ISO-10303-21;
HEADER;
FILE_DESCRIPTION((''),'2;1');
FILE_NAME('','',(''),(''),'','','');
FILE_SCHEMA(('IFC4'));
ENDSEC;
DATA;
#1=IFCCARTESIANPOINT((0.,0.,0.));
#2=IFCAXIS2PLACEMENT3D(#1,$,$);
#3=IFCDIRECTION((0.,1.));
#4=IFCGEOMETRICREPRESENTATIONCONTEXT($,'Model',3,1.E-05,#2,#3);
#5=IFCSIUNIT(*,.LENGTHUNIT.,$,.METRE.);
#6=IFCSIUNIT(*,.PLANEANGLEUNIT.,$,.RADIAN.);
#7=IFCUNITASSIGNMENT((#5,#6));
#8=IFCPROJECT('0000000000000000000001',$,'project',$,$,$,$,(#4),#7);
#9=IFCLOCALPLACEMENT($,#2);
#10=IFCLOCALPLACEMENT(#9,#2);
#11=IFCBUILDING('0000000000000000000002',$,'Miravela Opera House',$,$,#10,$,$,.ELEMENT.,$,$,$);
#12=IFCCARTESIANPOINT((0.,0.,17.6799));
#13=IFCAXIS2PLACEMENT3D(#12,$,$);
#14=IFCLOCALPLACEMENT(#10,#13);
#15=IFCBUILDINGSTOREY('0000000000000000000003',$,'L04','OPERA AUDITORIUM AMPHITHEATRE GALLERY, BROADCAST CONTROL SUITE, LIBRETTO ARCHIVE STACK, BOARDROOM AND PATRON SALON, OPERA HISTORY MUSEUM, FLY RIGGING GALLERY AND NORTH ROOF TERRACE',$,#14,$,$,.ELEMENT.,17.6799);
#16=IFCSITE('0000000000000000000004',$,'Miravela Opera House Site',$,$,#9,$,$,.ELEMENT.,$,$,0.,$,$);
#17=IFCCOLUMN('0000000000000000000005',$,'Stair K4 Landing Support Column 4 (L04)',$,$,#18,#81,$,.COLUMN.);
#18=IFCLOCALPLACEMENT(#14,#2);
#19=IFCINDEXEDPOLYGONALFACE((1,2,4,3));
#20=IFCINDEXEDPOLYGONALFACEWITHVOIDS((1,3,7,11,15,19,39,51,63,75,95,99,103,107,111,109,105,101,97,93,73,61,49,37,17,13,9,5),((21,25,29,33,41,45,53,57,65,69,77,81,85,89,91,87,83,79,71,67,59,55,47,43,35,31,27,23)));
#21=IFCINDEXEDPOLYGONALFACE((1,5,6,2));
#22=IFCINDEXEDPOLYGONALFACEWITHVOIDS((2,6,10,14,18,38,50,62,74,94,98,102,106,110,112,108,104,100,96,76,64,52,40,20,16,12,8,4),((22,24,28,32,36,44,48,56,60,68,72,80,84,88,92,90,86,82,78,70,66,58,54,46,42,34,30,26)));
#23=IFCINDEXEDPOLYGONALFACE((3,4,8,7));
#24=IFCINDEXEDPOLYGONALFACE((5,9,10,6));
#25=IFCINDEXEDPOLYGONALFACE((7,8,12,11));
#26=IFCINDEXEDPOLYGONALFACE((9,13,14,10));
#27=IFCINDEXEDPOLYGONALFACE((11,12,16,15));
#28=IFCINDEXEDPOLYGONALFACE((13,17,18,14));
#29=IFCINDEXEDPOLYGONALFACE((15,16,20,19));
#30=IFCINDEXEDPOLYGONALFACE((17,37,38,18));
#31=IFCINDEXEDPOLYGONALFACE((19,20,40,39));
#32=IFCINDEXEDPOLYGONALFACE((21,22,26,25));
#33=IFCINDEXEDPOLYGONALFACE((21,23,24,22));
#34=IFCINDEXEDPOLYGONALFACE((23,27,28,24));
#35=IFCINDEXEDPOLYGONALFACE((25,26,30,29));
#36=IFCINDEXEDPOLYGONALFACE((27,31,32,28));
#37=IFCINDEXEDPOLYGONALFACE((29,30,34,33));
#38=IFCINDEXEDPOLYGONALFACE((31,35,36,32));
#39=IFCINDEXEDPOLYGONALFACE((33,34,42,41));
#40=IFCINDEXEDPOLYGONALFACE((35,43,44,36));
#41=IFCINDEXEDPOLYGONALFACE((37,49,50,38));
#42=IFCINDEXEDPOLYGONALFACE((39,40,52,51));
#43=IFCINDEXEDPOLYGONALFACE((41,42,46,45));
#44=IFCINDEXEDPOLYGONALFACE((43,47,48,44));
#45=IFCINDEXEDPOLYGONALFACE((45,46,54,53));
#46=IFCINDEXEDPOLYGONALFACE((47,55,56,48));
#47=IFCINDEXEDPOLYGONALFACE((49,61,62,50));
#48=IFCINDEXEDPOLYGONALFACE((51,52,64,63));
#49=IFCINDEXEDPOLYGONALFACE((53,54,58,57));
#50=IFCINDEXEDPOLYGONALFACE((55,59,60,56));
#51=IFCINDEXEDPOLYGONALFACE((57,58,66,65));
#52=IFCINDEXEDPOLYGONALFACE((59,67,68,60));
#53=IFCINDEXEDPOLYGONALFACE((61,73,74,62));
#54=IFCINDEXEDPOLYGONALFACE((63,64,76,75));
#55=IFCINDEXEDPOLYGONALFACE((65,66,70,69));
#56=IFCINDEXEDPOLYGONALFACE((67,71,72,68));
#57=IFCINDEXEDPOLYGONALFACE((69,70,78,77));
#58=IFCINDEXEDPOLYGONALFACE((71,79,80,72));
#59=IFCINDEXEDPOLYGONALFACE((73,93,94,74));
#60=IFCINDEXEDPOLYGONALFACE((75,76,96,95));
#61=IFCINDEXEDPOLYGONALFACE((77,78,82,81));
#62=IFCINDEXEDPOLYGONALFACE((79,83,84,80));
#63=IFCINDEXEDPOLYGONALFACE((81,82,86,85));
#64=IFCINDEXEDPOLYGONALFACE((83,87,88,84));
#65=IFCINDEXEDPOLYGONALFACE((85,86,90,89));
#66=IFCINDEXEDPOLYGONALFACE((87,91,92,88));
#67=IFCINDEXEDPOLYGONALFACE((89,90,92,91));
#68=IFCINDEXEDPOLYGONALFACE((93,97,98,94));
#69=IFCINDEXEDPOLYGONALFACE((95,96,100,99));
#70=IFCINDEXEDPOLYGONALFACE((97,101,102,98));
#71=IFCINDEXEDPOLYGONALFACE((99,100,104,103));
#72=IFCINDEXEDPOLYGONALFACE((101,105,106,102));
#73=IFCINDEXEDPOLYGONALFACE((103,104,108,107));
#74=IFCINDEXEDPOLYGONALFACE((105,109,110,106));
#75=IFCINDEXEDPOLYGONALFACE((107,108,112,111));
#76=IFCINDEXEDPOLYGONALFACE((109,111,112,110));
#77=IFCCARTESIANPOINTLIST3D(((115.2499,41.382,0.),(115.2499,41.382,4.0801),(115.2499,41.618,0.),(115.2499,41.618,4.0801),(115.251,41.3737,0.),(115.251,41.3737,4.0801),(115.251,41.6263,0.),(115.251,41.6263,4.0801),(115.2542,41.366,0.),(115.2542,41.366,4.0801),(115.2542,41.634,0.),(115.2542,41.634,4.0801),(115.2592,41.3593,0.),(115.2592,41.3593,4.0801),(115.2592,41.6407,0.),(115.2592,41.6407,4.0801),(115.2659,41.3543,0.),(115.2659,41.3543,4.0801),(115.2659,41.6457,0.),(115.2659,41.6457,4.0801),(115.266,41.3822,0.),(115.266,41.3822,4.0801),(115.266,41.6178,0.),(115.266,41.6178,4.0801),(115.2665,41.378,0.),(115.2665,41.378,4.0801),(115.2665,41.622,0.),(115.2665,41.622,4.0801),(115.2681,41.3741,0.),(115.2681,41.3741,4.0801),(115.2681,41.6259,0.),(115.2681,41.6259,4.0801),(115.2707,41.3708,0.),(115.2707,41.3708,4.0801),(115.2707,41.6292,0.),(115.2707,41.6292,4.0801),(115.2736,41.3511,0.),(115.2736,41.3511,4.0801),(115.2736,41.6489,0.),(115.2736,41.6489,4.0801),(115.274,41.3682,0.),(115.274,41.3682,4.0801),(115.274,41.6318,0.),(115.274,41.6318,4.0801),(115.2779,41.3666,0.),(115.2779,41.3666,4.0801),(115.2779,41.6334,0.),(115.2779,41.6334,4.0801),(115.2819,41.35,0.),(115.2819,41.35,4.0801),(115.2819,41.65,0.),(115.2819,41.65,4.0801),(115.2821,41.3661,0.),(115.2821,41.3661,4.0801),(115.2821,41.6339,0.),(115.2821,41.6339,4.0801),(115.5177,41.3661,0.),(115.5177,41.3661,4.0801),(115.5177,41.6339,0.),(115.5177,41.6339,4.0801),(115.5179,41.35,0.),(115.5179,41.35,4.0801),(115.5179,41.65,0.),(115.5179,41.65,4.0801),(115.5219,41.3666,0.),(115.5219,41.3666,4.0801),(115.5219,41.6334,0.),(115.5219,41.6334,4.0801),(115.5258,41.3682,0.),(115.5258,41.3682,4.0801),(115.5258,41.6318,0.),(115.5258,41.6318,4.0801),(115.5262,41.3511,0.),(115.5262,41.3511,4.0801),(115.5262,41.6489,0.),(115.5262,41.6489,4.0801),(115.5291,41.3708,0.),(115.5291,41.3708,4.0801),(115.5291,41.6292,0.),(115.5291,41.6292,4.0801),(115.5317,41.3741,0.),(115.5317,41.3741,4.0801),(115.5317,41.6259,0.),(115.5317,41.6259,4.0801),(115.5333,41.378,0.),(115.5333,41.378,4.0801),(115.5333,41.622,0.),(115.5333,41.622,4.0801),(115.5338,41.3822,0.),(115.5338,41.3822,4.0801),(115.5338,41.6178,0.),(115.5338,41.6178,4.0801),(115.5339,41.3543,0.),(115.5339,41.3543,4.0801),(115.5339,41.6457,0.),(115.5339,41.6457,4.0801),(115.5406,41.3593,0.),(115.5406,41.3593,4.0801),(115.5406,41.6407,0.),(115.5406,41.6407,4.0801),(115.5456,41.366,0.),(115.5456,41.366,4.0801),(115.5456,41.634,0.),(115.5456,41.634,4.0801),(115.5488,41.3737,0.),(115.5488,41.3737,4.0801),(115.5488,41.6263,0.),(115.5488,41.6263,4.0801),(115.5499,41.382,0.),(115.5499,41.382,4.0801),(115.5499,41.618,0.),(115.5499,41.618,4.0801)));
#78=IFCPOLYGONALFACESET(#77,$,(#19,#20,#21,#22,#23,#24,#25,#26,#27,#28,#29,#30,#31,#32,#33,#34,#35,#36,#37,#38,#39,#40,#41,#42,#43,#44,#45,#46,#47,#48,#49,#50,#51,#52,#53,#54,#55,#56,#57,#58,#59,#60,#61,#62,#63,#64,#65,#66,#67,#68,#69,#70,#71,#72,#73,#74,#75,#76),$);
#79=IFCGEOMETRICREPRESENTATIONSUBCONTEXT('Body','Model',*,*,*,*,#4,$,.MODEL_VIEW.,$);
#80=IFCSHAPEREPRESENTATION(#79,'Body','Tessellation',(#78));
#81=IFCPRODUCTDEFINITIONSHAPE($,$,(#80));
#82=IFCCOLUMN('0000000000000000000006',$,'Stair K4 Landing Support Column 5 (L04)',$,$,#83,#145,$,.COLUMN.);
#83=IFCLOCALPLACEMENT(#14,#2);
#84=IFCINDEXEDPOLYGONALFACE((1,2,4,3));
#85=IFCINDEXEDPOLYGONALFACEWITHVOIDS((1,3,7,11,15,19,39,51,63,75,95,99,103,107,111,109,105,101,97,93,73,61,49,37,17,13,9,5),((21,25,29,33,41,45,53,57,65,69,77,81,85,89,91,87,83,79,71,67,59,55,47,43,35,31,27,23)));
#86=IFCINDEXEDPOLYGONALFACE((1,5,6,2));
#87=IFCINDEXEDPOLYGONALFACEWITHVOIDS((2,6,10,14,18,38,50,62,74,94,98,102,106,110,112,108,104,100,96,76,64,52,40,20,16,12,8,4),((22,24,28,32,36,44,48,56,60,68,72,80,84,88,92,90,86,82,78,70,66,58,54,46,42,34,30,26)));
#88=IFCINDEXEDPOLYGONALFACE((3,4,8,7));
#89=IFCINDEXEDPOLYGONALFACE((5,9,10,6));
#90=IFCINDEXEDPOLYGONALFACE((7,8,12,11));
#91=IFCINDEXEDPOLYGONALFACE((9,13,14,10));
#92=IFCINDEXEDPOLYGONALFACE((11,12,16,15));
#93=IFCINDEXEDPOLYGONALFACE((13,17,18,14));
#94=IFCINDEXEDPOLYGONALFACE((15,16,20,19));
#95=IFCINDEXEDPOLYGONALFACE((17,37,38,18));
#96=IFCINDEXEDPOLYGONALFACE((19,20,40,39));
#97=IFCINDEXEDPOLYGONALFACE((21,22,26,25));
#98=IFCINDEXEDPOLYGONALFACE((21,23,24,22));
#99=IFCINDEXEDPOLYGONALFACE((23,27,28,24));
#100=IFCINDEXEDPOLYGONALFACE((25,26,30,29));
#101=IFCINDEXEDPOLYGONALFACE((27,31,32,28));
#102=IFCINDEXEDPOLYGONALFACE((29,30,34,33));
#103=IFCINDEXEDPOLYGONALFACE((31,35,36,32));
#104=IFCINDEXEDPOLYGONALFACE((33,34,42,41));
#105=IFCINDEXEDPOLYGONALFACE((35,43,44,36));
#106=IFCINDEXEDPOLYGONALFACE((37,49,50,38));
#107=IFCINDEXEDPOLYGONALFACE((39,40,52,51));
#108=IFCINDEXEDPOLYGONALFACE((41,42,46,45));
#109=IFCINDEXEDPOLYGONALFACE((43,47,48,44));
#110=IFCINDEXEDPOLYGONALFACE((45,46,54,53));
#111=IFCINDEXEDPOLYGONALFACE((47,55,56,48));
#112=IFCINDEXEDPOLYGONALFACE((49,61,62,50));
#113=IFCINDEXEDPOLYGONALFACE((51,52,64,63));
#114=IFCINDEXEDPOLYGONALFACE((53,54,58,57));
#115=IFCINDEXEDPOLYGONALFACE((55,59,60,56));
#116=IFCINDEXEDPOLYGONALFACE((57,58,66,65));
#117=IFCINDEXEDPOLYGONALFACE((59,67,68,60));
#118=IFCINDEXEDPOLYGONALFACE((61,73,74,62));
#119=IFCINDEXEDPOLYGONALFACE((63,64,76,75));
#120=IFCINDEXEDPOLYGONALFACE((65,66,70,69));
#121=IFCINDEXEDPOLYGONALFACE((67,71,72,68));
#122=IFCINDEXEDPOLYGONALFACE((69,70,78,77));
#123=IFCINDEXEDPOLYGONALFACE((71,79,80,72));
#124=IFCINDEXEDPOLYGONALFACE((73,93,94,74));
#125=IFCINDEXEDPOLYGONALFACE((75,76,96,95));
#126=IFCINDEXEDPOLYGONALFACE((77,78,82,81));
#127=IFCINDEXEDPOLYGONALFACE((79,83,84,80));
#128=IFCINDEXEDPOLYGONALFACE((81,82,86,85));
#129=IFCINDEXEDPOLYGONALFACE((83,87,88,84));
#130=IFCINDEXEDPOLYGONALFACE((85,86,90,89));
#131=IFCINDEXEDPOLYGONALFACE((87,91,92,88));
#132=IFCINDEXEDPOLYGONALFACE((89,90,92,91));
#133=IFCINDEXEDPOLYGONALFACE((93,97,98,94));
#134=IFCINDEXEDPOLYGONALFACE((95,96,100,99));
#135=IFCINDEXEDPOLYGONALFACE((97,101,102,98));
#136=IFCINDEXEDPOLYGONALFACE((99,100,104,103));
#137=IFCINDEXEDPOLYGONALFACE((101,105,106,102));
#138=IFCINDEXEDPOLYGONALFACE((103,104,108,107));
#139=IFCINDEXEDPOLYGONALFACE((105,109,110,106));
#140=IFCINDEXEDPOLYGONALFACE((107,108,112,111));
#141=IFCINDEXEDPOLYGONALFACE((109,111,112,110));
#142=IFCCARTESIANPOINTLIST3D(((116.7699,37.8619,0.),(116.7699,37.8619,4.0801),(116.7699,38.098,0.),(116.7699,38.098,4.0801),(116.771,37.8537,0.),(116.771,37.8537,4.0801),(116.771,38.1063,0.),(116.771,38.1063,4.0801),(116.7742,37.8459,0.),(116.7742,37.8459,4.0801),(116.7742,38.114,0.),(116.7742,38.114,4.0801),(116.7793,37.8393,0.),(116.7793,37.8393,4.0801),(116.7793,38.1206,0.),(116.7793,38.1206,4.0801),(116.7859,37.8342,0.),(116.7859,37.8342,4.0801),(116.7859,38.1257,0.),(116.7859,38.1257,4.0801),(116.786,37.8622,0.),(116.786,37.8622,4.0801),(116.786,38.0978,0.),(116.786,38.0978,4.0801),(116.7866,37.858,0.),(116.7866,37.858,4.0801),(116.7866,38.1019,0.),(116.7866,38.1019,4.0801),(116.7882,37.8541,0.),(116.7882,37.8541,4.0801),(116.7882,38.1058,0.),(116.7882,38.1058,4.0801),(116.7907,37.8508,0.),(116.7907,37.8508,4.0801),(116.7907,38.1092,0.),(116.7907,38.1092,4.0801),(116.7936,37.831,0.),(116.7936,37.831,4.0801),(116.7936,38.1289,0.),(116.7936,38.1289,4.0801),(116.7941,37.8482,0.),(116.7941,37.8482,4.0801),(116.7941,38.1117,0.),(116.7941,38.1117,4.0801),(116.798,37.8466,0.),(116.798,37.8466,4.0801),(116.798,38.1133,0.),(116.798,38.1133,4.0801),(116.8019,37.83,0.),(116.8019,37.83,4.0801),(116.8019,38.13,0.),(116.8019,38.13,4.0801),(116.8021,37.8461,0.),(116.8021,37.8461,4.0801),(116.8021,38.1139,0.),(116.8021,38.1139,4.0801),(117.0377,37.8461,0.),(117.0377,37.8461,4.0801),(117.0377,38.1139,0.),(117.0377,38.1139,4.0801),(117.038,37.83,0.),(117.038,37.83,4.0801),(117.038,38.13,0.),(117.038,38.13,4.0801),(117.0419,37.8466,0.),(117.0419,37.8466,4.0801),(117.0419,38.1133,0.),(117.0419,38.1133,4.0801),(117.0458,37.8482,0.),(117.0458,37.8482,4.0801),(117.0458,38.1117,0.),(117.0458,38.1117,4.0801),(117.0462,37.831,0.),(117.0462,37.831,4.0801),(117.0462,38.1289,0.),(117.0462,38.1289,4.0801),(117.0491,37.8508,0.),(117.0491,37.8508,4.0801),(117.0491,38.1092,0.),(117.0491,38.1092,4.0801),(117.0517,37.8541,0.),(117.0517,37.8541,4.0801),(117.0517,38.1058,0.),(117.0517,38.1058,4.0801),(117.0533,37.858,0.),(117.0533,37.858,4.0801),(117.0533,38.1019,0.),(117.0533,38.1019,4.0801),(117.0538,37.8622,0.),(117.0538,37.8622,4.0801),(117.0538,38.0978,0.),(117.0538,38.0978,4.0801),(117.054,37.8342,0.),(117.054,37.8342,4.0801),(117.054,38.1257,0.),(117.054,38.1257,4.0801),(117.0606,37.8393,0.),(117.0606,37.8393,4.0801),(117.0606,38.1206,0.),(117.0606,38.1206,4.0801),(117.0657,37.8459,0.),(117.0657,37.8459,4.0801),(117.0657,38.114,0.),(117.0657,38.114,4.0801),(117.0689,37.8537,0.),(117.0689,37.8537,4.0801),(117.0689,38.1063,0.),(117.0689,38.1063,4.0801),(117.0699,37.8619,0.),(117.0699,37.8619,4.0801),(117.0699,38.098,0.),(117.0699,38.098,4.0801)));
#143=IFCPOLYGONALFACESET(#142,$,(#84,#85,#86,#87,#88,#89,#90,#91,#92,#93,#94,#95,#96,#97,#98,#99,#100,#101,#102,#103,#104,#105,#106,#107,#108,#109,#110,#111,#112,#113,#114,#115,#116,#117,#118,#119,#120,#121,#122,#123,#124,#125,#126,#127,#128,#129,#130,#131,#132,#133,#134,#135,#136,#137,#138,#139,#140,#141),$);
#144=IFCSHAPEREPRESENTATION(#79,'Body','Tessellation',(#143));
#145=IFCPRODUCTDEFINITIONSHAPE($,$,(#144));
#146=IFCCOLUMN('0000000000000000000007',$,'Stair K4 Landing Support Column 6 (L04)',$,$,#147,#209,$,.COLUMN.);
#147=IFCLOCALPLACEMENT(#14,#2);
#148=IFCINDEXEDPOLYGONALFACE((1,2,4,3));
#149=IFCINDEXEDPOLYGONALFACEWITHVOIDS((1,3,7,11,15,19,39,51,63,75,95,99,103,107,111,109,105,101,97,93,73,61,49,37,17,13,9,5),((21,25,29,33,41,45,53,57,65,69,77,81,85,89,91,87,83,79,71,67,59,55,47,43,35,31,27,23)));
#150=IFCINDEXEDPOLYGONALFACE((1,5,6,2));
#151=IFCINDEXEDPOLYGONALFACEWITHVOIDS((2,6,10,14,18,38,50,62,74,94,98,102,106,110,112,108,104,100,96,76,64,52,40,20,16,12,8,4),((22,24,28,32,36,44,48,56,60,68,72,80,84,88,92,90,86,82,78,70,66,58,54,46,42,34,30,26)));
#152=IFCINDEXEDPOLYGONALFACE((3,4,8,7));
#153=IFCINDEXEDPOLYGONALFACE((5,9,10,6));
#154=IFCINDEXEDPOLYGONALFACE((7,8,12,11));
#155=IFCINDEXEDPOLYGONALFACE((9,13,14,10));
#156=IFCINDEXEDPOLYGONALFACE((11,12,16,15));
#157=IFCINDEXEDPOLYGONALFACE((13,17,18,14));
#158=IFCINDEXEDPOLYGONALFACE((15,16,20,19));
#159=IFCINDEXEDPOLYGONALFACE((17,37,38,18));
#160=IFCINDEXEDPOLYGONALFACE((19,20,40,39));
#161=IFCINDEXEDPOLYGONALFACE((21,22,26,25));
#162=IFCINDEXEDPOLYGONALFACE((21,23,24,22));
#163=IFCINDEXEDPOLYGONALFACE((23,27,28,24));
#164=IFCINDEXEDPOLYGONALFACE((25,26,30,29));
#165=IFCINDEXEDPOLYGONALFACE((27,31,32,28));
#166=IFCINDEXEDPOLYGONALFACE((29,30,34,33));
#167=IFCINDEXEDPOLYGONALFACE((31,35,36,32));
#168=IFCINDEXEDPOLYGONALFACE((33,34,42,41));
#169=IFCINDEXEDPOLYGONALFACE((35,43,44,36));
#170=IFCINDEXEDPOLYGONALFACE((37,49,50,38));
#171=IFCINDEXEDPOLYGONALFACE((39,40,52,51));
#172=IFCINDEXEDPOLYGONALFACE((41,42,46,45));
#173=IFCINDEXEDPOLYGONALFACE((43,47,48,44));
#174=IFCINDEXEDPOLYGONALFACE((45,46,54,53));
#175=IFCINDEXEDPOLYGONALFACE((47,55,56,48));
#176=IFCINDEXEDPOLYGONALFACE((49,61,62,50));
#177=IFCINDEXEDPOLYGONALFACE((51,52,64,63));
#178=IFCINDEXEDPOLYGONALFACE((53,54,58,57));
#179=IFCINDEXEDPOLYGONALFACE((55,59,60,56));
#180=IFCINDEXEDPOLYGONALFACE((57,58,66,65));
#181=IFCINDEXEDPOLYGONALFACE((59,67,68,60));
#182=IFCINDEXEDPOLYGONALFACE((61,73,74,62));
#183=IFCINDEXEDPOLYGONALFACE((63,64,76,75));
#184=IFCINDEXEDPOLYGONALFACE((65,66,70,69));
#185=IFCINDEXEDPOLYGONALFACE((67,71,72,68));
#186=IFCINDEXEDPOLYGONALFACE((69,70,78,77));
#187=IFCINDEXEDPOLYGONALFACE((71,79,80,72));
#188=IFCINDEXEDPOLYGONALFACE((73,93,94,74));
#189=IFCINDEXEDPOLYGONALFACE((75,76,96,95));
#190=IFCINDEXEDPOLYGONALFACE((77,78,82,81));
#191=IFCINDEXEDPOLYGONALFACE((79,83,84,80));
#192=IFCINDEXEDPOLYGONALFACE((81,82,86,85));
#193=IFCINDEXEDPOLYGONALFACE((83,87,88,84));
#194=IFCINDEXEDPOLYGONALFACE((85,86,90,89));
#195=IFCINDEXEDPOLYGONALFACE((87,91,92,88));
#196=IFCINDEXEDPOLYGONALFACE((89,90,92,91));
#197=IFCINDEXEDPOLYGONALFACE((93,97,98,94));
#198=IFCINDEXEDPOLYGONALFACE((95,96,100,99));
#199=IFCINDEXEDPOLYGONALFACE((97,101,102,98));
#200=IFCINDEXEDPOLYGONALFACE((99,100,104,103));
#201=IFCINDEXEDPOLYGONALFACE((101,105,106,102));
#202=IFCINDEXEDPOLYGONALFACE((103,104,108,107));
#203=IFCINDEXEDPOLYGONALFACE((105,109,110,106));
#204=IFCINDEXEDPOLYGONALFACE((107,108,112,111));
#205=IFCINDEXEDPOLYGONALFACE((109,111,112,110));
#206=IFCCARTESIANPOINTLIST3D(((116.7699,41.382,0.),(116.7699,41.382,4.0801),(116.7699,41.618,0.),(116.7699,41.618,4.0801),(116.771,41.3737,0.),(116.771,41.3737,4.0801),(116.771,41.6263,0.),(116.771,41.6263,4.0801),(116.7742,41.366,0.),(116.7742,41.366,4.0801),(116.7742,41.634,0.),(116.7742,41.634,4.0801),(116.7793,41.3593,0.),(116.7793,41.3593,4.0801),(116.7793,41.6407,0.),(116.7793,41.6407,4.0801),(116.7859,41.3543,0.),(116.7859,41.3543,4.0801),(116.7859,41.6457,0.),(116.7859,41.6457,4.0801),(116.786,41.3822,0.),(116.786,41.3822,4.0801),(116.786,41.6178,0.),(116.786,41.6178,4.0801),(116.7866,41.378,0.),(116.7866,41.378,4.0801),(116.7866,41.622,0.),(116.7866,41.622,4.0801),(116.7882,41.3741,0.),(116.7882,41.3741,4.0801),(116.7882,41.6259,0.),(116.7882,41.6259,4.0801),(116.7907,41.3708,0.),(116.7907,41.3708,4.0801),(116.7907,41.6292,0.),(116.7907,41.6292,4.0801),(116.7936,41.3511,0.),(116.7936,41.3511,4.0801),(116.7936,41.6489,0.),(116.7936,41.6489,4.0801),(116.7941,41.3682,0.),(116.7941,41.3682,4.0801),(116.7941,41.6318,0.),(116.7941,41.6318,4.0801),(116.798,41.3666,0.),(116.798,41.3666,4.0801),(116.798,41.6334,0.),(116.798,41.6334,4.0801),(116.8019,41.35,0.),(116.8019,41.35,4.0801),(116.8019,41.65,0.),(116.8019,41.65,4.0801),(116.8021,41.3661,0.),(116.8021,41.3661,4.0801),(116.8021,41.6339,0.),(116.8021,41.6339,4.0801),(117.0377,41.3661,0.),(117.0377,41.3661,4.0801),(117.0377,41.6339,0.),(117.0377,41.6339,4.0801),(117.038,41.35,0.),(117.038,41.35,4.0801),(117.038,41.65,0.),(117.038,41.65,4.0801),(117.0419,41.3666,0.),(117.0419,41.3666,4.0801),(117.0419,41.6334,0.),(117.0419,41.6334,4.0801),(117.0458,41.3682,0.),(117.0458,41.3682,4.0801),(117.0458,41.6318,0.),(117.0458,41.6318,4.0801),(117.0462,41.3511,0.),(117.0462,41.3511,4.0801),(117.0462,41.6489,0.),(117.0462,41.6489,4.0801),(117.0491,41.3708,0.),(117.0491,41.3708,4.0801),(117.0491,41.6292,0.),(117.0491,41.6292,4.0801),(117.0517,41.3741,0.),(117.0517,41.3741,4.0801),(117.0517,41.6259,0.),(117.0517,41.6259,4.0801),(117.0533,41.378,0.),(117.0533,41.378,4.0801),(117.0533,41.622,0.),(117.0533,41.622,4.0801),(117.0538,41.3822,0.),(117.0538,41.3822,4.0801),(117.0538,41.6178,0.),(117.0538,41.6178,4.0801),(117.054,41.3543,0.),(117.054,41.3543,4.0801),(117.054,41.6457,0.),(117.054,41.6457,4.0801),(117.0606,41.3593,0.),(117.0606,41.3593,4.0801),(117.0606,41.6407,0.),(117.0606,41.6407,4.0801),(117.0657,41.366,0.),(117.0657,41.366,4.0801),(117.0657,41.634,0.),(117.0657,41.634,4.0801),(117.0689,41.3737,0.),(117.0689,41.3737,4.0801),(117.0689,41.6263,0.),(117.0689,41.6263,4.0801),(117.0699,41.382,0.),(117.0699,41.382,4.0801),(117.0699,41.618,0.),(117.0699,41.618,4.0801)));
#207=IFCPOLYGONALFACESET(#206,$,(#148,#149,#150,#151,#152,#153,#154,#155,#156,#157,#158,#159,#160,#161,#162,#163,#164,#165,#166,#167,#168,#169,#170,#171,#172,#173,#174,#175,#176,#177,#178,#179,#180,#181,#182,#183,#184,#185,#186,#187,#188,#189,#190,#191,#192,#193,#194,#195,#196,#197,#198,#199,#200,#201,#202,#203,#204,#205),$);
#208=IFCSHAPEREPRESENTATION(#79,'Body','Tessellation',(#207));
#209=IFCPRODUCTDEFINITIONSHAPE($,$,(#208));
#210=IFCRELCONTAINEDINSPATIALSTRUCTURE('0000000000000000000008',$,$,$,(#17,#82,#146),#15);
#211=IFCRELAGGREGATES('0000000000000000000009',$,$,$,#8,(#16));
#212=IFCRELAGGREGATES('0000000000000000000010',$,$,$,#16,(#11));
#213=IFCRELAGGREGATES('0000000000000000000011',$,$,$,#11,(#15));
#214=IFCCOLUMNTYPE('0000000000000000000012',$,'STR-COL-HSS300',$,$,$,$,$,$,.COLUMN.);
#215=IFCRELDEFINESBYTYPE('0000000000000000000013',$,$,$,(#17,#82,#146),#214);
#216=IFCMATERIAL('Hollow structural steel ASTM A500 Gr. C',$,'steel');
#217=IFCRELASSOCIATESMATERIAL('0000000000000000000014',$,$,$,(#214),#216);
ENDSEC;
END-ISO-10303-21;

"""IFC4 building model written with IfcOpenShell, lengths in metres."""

from ifc_helpers import new_model, si_unit, direction, frame, origin, origin_2d, place, context, subcontext, project, spatial, hollow_rectangle, extrude, material, material_profile, profile_set, type_object, element, save


model = new_model("IFC4")

# Units and contexts
model_context = context("Model", 3, precision=1e-05, world=origin(), true_north=direction((0.0, 1.0)))
body_context = subcontext(model_context, "Body", "Model", "MODEL_VIEW")
ifc_project = project(units=[si_unit("LENGTHUNIT", "METRE"), si_unit("PLANEANGLEUNIT", "RADIAN")], contexts=[model_context])

# Site, building, storey
site_placement = place(None, origin())
site = spatial("IfcSite", under=ifc_project, at=site_placement, Name="Miravela Opera House Site", CompositionType="ELEMENT", RefElevation=0.0)
building_placement = place(site_placement, origin())
building = spatial("IfcBuilding", under=site, at=building_placement, Name="Miravela Opera House", CompositionType="ELEMENT")
storey_placement = place(building_placement, frame((0.0, 0.0, 17.6799)))
storey = spatial("IfcBuildingStorey", under=building, at=storey_placement, Name="L04", Description="OPERA AUDITORIUM AMPHITHEATRE GALLERY, BROADCAST CONTROL SUITE, LIBRETTO ARCHIVE STACK, BOARDROOM AND PATRON SALON, OPERA HISTORY MUSEUM, FLY RIGGING GALLERY AND NORTH ROOF TERRACE", CompositionType="ELEMENT", Elevation=17.6799)

# Columns
ifc_material_1 = material(Name="Hollow structural steel ASTM A500 Gr. C", Category="steel")
ifc_material_profile_1 = material_profile(ifc_material_1, hollow_rectangle(XDim=0.3, YDim=0.3, WallThickness=0.0161, InnerFilletRadius=0.0161, OuterFilletRadius=0.032, at=origin_2d()), Name="HSS300X300X16")
ifc_profile_set_1 = profile_set([ifc_material_profile_1])
column_type_1 = type_object("IfcColumnType", Name="STR-COL-HSS300", PredefinedType="COLUMN", material=ifc_profile_set_1)
for number, where, z_axis, x_axis, name in (
    (1, (115.3999, 41.5, 0.0), (0.0, 0.0, 1.0), (1.0, 0.0, 0.0), "Stair K4 Landing Support Column 4 (L04)"),
    (2, (116.9199, 37.98, 0.0), (0.0, 0.0, 1.0), (1.0, 0.0, 0.0), "Stair K4 Landing Support Column 5 (L04)"),
    (3, (116.9199, 41.5, 0.0), (0.0, 0.0, 1.0), (1.0, 0.0, 0.0), "Stair K4 Landing Support Column 6 (L04)"),
):
    element("IfcColumn", number, at=place(storey_placement, frame(where, z_axis=z_axis, x_axis=x_axis)), inside=storey, type_object=column_type_1, Name=name, PredefinedType="COLUMN", context=body_context, shape_type="SweptSolid", body=[
        extrude(hollow_rectangle(XDim=0.3, YDim=0.3, WallThickness=0.0161, InnerFilletRadius=0.0161, OuterFilletRadius=0.032, at=origin_2d()), origin(), (0.0, 0.0, 1.0), 4.0801),
    ])

save(model, "model.ifc")
